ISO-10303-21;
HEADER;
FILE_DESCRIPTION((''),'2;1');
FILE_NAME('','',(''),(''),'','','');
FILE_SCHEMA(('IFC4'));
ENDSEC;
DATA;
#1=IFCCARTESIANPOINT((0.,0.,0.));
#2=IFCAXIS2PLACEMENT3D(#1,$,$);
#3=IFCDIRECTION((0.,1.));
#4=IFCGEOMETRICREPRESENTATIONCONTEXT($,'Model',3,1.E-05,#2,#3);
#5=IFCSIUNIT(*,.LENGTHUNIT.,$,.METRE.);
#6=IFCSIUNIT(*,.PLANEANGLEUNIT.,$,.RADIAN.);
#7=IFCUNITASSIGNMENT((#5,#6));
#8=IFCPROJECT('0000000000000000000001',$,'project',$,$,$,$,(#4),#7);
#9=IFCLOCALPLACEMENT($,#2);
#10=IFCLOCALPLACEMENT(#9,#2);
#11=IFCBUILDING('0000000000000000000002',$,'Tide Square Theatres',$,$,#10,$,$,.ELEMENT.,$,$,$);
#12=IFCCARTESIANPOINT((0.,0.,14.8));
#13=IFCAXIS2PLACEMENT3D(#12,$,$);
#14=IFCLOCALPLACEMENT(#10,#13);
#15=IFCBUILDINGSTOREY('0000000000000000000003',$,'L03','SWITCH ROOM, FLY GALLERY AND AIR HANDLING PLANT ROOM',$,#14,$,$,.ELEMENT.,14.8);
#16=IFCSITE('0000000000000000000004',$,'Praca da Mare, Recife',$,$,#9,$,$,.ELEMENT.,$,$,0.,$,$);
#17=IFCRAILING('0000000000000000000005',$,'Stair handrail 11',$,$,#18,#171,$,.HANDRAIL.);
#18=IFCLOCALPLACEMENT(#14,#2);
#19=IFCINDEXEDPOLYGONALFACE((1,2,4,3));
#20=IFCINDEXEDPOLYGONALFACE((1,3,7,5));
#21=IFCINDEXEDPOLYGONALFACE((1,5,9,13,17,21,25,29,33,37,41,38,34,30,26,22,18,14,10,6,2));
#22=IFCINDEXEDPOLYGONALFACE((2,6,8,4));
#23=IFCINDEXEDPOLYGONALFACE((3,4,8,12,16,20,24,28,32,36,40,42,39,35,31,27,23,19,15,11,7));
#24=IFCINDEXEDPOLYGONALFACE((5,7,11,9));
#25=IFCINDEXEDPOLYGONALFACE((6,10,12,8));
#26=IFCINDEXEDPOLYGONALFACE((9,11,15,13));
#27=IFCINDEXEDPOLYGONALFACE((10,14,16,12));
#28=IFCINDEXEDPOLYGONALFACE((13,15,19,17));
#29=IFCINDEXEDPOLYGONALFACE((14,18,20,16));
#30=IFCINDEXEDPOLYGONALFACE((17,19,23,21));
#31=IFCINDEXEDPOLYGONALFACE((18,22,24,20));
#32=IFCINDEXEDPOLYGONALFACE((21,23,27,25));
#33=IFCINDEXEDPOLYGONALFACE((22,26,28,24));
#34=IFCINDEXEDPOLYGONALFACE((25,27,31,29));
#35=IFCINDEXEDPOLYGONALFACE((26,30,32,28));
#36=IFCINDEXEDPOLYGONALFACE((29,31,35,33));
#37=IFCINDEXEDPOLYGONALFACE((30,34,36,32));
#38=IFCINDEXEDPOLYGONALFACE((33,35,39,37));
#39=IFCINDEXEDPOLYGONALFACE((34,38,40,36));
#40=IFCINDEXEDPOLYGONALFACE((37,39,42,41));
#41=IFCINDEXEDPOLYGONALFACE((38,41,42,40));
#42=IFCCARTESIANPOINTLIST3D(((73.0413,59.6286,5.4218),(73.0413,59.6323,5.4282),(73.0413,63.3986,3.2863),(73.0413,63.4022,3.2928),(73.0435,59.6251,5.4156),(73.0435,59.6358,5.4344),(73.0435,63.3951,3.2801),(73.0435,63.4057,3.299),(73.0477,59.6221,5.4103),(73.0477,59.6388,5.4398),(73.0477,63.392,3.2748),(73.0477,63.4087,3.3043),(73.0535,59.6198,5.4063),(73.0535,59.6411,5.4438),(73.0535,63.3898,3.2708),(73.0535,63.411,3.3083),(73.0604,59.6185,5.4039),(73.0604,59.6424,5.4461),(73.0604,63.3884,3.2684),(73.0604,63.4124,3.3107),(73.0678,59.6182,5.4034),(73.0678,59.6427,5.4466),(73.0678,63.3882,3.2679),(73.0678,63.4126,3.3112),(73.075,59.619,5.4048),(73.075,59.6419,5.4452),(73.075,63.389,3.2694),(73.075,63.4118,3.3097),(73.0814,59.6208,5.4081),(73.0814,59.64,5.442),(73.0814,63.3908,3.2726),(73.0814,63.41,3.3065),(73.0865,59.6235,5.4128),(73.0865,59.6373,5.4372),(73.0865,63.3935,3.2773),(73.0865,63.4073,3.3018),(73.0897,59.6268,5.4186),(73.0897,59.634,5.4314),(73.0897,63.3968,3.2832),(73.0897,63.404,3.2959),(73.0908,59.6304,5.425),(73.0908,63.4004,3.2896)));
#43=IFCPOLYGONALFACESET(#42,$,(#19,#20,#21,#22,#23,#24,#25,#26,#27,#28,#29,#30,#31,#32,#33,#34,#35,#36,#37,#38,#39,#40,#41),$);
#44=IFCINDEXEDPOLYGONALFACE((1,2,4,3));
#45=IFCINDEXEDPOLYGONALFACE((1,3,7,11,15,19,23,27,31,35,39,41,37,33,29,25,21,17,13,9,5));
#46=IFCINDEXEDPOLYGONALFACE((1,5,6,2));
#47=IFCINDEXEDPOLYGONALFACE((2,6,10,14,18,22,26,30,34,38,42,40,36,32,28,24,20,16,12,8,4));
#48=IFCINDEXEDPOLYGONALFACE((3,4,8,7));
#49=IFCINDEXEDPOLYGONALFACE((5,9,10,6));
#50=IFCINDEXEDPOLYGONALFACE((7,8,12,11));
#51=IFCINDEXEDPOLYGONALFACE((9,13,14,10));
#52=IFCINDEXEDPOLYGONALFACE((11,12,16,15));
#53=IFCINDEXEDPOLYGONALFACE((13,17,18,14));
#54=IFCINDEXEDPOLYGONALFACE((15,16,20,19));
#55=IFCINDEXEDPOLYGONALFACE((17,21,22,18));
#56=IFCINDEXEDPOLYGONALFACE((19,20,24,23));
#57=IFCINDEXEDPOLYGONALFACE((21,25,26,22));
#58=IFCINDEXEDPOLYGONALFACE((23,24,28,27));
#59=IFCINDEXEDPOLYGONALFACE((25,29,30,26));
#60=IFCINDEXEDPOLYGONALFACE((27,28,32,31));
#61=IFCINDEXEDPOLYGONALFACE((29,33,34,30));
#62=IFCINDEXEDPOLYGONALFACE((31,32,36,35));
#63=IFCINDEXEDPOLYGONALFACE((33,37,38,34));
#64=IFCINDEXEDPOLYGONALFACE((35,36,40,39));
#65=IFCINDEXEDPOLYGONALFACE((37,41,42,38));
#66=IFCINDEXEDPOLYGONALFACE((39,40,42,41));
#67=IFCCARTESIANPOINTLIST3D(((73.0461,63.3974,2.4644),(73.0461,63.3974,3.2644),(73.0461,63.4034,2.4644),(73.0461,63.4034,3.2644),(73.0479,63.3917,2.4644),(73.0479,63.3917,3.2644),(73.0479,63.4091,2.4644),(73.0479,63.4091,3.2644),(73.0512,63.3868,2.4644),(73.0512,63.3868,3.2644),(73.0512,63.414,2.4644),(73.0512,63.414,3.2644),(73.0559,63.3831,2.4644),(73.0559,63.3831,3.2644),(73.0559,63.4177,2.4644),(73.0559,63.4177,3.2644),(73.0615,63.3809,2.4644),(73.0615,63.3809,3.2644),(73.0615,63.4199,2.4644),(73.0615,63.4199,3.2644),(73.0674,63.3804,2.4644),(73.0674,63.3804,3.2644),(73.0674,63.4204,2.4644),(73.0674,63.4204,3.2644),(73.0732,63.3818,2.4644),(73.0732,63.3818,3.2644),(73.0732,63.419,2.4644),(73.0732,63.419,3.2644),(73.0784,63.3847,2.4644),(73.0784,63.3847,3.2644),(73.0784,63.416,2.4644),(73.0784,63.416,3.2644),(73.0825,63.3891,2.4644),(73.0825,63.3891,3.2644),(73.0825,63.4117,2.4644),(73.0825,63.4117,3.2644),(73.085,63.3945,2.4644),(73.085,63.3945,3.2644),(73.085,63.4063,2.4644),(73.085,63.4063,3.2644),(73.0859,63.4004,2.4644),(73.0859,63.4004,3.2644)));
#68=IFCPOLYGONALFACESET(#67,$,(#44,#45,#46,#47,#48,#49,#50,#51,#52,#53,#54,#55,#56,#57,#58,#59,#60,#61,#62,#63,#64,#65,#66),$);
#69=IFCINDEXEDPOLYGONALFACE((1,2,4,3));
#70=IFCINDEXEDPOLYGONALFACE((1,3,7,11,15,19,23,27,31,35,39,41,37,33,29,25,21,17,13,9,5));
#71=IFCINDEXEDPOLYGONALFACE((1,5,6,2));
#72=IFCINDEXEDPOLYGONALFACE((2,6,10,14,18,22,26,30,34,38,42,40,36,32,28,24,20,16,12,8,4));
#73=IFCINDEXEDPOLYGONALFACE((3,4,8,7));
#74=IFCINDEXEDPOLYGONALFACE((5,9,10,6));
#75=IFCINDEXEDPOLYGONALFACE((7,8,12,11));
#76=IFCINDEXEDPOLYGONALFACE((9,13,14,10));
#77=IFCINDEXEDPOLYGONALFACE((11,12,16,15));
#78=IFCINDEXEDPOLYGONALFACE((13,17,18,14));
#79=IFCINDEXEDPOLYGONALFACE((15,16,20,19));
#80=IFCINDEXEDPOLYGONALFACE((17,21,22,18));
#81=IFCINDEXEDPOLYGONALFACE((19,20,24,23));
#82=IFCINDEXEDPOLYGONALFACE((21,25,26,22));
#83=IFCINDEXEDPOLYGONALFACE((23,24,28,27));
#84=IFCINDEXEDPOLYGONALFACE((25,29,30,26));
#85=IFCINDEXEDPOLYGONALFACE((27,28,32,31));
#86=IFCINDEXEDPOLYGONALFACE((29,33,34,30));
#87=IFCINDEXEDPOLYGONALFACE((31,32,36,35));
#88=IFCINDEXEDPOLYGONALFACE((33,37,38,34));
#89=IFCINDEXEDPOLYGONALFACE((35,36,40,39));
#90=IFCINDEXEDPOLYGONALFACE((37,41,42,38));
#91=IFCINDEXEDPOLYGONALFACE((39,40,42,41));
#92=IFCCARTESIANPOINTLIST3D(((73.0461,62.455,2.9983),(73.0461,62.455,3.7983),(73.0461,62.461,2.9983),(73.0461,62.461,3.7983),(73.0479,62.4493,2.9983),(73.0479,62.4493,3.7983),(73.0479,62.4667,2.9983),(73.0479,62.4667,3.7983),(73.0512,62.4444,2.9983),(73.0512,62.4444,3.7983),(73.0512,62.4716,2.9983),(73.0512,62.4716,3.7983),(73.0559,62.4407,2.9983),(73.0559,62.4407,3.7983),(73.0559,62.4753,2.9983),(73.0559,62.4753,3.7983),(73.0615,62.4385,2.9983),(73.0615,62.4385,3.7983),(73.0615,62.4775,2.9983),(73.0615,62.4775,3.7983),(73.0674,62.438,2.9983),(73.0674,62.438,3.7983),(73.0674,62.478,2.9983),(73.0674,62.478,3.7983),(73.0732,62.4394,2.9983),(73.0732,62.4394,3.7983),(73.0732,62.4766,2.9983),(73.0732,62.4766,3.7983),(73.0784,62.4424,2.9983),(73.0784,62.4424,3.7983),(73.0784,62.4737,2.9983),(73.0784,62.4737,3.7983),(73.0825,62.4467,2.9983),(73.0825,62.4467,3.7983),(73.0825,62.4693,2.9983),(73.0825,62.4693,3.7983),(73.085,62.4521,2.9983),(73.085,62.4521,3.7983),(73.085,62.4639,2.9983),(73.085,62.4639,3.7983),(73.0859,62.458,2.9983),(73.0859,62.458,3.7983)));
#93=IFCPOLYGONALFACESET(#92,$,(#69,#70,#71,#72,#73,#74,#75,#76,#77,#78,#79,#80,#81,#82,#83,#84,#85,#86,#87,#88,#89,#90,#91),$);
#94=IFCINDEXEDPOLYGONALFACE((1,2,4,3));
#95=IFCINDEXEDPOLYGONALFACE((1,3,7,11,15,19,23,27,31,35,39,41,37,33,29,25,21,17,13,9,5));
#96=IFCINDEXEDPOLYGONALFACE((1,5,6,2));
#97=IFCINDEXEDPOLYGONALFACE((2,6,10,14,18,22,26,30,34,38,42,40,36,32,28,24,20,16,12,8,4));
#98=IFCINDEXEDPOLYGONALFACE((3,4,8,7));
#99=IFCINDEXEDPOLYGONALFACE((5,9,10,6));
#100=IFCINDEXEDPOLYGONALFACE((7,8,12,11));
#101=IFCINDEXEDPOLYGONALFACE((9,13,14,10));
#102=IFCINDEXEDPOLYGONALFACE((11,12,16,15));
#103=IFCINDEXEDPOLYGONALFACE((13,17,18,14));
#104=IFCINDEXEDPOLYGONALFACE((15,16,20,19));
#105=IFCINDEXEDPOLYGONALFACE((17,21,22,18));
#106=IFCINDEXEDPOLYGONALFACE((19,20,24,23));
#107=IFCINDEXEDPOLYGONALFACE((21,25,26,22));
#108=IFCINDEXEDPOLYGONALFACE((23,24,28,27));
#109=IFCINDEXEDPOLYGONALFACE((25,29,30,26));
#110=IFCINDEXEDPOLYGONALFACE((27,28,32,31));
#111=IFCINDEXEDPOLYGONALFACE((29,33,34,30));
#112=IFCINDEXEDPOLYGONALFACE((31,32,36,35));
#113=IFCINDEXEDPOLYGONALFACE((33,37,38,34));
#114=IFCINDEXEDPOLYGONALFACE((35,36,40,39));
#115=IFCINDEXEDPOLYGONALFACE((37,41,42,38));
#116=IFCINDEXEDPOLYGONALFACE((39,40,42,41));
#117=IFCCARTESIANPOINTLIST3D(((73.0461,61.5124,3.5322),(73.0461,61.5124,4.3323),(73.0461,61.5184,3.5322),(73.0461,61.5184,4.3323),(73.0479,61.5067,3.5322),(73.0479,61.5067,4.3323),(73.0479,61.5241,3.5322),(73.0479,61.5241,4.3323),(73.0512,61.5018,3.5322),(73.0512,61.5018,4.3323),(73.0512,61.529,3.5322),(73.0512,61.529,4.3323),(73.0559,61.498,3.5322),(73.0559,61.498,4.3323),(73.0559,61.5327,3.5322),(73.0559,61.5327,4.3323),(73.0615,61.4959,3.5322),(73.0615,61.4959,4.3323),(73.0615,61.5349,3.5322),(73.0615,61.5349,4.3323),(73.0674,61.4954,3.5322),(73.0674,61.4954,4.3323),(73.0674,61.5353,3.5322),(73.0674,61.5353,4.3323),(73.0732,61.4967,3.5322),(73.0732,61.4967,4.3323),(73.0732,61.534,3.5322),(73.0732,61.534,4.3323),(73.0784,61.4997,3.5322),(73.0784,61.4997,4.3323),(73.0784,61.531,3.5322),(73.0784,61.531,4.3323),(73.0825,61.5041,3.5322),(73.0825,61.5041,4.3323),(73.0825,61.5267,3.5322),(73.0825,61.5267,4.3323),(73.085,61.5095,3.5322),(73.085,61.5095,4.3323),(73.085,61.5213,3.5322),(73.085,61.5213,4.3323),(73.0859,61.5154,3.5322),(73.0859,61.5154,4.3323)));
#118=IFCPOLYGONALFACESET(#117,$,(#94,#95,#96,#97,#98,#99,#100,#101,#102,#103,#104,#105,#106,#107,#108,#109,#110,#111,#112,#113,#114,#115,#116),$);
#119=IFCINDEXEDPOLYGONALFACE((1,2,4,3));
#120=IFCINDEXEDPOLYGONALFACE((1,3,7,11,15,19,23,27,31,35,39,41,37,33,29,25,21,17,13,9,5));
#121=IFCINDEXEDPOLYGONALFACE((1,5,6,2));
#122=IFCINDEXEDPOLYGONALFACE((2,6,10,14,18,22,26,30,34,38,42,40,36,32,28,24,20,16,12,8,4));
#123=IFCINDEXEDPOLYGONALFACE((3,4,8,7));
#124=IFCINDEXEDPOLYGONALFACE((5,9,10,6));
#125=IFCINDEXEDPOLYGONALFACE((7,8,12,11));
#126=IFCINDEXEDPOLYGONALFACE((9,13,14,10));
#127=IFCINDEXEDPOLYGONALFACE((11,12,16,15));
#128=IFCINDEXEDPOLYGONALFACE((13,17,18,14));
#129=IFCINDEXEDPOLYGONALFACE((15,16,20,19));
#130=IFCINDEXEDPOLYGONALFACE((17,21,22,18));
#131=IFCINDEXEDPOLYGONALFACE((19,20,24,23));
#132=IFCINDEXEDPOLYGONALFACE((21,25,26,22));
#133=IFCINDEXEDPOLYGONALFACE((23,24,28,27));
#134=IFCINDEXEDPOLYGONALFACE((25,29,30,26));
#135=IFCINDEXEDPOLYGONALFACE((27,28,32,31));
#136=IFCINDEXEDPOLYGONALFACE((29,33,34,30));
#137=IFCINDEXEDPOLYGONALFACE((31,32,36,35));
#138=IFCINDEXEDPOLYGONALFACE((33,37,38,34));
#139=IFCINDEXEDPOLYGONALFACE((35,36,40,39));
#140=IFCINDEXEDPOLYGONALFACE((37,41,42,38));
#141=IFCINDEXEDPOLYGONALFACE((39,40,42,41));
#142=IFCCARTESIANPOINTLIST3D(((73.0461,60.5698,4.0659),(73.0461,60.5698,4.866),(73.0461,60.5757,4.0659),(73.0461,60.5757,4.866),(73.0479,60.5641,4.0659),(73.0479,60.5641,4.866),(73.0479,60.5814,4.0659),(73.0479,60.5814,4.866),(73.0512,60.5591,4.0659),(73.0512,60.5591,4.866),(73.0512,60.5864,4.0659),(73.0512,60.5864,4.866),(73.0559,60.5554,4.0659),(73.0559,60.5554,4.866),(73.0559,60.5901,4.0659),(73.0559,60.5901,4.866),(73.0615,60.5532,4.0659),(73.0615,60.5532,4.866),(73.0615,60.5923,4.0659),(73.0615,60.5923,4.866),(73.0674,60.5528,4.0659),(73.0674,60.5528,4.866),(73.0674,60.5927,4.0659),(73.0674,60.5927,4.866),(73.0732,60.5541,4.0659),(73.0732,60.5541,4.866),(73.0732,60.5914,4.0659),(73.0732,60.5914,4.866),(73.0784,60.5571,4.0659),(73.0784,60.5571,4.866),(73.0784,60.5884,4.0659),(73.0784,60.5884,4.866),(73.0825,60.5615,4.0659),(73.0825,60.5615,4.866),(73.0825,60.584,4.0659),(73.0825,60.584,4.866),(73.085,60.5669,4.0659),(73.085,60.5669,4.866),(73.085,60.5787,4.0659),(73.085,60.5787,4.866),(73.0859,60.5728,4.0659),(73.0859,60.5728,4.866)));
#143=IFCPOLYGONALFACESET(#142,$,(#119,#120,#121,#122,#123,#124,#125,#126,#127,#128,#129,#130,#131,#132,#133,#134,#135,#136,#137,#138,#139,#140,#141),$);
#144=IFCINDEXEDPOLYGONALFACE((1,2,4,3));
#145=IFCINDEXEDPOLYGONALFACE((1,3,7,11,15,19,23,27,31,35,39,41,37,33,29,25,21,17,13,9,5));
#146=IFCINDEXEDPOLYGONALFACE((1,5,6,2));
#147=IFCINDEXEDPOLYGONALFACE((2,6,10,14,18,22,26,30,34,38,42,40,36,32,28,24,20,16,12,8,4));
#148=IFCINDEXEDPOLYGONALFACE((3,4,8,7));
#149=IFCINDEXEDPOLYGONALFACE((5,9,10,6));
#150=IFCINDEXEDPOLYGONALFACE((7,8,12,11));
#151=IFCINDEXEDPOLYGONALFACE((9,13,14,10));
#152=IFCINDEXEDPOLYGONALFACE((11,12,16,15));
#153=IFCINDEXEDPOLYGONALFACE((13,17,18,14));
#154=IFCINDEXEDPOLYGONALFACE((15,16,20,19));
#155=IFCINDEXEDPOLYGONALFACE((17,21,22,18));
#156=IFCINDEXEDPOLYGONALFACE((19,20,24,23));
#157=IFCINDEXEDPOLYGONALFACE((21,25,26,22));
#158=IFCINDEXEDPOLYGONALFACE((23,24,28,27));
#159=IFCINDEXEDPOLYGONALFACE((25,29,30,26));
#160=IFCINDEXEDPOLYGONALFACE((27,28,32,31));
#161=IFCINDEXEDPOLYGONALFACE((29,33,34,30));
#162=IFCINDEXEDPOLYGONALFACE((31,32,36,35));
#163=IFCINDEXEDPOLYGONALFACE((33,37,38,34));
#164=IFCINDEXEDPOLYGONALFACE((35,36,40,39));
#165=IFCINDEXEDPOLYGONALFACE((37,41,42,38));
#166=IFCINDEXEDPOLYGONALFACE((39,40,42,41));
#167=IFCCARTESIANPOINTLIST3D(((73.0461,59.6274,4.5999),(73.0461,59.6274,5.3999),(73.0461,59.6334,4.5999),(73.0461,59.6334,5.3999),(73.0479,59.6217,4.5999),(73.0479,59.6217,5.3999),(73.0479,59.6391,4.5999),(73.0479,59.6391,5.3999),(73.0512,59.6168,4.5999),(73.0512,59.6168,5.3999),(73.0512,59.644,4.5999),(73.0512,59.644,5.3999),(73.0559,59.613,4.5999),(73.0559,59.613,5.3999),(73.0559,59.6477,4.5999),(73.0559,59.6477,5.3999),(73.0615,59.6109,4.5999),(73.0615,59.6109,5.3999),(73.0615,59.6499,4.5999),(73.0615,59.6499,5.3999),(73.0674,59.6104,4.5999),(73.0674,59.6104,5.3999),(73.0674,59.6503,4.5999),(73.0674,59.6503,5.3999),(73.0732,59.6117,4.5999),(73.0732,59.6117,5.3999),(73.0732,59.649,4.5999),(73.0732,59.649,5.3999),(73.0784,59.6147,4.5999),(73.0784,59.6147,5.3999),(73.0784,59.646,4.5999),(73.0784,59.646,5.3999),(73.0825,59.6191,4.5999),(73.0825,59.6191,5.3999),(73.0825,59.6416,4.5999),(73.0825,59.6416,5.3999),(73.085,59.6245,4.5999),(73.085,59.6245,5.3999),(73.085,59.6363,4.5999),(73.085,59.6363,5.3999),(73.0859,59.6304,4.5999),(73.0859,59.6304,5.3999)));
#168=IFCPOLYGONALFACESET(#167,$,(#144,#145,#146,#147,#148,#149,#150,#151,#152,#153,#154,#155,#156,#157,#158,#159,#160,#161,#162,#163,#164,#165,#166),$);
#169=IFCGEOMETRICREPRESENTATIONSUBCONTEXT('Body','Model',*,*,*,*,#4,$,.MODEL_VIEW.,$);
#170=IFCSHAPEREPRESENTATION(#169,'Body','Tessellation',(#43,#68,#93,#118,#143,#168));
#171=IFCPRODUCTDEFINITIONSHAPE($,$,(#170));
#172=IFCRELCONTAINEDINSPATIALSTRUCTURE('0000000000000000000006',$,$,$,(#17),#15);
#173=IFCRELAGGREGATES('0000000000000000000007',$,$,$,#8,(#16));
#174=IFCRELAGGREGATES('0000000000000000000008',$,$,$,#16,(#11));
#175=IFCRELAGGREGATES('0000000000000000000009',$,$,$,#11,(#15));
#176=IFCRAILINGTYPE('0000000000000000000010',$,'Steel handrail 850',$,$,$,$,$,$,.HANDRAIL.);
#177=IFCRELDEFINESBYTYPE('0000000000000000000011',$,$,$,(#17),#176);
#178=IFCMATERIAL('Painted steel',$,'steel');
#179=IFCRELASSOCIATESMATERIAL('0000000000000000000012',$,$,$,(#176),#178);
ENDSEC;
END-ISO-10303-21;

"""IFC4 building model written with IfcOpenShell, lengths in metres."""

from ifc_helpers import new_model, si_unit, direction, frame, origin, origin_2d, place, context, subcontext, project, spatial, circle, extrude, material, type_object, element, save


model = new_model("IFC4")

# Units and contexts
model_context = context("Model", 3, precision=1e-05, world=origin(), true_north=direction((0.0, 1.0)))
body_context = subcontext(model_context, "Body", "Model", "MODEL_VIEW")
ifc_project = project(units=[si_unit("LENGTHUNIT", "METRE"), si_unit("PLANEANGLEUNIT", "RADIAN")], contexts=[model_context])

# Site, building, storey
site_placement = place(None, origin())
site = spatial("IfcSite", under=ifc_project, at=site_placement, Name="Praca da Mare, Recife", CompositionType="ELEMENT", RefElevation=0.0)
building_placement = place(site_placement, origin())
building = spatial("IfcBuilding", under=site, at=building_placement, Name="Tide Square Theatres", CompositionType="ELEMENT")
storey_placement = place(building_placement, frame((0.0, 0.0, 14.8)))
storey = spatial("IfcBuildingStorey", under=building, at=storey_placement, Name="L03", Description="SWITCH ROOM, FLY GALLERY AND AIR HANDLING PLANT ROOM", CompositionType="ELEMENT", Elevation=14.8)

# Railing
ifc_material_1 = material(Name="Painted steel", Category="steel")
railing_type = type_object("IfcRailingType", Name="Steel handrail 850", PredefinedType="HANDRAIL", material=ifc_material_1)
for number, where, name in (
    (1, (73.0659, 63.4004, 2.4644), "Stair handrail 11"),
):
    element("IfcRailing", number, at=place(storey_placement, frame(where)), inside=storey, type_object=railing_type, Name=name, PredefinedType="HANDRAIL", context=body_context, shape_type="SweptSolid", body=[
        extrude(circle(Radius=0.0249, at=origin_2d()), frame((0.0, 0.0, 0.8252), z_axis=(0.0, -0.870106, 0.492865), x_axis=(1.0, 0.0, 0.0)), (0.0, 0.0, 1.0), 4.3328),
        extrude(circle(Radius=0.02, at=origin_2d()), origin(), (0.0, 0.0, 1.0), 0.8),
        extrude(circle(Radius=0.02, at=origin_2d()), frame((0.0, -0.9424, 0.5339)), (0.0, 0.0, 1.0), 0.8),
        extrude(circle(Radius=0.02, at=origin_2d()), frame((0.0, -1.885, 1.0679)), (0.0, 0.0, 1.0), 0.8),
        extrude(circle(Radius=0.02, at=origin_2d()), frame((0.0, -2.8276, 1.6016)), (0.0, 0.0, 1.0), 0.8),
        extrude(circle(Radius=0.02, at=origin_2d()), frame((0.0, -3.77, 2.1355)), (0.0, 0.0, 1.0), 0.8),
    ])

save(model, "model.ifc")
